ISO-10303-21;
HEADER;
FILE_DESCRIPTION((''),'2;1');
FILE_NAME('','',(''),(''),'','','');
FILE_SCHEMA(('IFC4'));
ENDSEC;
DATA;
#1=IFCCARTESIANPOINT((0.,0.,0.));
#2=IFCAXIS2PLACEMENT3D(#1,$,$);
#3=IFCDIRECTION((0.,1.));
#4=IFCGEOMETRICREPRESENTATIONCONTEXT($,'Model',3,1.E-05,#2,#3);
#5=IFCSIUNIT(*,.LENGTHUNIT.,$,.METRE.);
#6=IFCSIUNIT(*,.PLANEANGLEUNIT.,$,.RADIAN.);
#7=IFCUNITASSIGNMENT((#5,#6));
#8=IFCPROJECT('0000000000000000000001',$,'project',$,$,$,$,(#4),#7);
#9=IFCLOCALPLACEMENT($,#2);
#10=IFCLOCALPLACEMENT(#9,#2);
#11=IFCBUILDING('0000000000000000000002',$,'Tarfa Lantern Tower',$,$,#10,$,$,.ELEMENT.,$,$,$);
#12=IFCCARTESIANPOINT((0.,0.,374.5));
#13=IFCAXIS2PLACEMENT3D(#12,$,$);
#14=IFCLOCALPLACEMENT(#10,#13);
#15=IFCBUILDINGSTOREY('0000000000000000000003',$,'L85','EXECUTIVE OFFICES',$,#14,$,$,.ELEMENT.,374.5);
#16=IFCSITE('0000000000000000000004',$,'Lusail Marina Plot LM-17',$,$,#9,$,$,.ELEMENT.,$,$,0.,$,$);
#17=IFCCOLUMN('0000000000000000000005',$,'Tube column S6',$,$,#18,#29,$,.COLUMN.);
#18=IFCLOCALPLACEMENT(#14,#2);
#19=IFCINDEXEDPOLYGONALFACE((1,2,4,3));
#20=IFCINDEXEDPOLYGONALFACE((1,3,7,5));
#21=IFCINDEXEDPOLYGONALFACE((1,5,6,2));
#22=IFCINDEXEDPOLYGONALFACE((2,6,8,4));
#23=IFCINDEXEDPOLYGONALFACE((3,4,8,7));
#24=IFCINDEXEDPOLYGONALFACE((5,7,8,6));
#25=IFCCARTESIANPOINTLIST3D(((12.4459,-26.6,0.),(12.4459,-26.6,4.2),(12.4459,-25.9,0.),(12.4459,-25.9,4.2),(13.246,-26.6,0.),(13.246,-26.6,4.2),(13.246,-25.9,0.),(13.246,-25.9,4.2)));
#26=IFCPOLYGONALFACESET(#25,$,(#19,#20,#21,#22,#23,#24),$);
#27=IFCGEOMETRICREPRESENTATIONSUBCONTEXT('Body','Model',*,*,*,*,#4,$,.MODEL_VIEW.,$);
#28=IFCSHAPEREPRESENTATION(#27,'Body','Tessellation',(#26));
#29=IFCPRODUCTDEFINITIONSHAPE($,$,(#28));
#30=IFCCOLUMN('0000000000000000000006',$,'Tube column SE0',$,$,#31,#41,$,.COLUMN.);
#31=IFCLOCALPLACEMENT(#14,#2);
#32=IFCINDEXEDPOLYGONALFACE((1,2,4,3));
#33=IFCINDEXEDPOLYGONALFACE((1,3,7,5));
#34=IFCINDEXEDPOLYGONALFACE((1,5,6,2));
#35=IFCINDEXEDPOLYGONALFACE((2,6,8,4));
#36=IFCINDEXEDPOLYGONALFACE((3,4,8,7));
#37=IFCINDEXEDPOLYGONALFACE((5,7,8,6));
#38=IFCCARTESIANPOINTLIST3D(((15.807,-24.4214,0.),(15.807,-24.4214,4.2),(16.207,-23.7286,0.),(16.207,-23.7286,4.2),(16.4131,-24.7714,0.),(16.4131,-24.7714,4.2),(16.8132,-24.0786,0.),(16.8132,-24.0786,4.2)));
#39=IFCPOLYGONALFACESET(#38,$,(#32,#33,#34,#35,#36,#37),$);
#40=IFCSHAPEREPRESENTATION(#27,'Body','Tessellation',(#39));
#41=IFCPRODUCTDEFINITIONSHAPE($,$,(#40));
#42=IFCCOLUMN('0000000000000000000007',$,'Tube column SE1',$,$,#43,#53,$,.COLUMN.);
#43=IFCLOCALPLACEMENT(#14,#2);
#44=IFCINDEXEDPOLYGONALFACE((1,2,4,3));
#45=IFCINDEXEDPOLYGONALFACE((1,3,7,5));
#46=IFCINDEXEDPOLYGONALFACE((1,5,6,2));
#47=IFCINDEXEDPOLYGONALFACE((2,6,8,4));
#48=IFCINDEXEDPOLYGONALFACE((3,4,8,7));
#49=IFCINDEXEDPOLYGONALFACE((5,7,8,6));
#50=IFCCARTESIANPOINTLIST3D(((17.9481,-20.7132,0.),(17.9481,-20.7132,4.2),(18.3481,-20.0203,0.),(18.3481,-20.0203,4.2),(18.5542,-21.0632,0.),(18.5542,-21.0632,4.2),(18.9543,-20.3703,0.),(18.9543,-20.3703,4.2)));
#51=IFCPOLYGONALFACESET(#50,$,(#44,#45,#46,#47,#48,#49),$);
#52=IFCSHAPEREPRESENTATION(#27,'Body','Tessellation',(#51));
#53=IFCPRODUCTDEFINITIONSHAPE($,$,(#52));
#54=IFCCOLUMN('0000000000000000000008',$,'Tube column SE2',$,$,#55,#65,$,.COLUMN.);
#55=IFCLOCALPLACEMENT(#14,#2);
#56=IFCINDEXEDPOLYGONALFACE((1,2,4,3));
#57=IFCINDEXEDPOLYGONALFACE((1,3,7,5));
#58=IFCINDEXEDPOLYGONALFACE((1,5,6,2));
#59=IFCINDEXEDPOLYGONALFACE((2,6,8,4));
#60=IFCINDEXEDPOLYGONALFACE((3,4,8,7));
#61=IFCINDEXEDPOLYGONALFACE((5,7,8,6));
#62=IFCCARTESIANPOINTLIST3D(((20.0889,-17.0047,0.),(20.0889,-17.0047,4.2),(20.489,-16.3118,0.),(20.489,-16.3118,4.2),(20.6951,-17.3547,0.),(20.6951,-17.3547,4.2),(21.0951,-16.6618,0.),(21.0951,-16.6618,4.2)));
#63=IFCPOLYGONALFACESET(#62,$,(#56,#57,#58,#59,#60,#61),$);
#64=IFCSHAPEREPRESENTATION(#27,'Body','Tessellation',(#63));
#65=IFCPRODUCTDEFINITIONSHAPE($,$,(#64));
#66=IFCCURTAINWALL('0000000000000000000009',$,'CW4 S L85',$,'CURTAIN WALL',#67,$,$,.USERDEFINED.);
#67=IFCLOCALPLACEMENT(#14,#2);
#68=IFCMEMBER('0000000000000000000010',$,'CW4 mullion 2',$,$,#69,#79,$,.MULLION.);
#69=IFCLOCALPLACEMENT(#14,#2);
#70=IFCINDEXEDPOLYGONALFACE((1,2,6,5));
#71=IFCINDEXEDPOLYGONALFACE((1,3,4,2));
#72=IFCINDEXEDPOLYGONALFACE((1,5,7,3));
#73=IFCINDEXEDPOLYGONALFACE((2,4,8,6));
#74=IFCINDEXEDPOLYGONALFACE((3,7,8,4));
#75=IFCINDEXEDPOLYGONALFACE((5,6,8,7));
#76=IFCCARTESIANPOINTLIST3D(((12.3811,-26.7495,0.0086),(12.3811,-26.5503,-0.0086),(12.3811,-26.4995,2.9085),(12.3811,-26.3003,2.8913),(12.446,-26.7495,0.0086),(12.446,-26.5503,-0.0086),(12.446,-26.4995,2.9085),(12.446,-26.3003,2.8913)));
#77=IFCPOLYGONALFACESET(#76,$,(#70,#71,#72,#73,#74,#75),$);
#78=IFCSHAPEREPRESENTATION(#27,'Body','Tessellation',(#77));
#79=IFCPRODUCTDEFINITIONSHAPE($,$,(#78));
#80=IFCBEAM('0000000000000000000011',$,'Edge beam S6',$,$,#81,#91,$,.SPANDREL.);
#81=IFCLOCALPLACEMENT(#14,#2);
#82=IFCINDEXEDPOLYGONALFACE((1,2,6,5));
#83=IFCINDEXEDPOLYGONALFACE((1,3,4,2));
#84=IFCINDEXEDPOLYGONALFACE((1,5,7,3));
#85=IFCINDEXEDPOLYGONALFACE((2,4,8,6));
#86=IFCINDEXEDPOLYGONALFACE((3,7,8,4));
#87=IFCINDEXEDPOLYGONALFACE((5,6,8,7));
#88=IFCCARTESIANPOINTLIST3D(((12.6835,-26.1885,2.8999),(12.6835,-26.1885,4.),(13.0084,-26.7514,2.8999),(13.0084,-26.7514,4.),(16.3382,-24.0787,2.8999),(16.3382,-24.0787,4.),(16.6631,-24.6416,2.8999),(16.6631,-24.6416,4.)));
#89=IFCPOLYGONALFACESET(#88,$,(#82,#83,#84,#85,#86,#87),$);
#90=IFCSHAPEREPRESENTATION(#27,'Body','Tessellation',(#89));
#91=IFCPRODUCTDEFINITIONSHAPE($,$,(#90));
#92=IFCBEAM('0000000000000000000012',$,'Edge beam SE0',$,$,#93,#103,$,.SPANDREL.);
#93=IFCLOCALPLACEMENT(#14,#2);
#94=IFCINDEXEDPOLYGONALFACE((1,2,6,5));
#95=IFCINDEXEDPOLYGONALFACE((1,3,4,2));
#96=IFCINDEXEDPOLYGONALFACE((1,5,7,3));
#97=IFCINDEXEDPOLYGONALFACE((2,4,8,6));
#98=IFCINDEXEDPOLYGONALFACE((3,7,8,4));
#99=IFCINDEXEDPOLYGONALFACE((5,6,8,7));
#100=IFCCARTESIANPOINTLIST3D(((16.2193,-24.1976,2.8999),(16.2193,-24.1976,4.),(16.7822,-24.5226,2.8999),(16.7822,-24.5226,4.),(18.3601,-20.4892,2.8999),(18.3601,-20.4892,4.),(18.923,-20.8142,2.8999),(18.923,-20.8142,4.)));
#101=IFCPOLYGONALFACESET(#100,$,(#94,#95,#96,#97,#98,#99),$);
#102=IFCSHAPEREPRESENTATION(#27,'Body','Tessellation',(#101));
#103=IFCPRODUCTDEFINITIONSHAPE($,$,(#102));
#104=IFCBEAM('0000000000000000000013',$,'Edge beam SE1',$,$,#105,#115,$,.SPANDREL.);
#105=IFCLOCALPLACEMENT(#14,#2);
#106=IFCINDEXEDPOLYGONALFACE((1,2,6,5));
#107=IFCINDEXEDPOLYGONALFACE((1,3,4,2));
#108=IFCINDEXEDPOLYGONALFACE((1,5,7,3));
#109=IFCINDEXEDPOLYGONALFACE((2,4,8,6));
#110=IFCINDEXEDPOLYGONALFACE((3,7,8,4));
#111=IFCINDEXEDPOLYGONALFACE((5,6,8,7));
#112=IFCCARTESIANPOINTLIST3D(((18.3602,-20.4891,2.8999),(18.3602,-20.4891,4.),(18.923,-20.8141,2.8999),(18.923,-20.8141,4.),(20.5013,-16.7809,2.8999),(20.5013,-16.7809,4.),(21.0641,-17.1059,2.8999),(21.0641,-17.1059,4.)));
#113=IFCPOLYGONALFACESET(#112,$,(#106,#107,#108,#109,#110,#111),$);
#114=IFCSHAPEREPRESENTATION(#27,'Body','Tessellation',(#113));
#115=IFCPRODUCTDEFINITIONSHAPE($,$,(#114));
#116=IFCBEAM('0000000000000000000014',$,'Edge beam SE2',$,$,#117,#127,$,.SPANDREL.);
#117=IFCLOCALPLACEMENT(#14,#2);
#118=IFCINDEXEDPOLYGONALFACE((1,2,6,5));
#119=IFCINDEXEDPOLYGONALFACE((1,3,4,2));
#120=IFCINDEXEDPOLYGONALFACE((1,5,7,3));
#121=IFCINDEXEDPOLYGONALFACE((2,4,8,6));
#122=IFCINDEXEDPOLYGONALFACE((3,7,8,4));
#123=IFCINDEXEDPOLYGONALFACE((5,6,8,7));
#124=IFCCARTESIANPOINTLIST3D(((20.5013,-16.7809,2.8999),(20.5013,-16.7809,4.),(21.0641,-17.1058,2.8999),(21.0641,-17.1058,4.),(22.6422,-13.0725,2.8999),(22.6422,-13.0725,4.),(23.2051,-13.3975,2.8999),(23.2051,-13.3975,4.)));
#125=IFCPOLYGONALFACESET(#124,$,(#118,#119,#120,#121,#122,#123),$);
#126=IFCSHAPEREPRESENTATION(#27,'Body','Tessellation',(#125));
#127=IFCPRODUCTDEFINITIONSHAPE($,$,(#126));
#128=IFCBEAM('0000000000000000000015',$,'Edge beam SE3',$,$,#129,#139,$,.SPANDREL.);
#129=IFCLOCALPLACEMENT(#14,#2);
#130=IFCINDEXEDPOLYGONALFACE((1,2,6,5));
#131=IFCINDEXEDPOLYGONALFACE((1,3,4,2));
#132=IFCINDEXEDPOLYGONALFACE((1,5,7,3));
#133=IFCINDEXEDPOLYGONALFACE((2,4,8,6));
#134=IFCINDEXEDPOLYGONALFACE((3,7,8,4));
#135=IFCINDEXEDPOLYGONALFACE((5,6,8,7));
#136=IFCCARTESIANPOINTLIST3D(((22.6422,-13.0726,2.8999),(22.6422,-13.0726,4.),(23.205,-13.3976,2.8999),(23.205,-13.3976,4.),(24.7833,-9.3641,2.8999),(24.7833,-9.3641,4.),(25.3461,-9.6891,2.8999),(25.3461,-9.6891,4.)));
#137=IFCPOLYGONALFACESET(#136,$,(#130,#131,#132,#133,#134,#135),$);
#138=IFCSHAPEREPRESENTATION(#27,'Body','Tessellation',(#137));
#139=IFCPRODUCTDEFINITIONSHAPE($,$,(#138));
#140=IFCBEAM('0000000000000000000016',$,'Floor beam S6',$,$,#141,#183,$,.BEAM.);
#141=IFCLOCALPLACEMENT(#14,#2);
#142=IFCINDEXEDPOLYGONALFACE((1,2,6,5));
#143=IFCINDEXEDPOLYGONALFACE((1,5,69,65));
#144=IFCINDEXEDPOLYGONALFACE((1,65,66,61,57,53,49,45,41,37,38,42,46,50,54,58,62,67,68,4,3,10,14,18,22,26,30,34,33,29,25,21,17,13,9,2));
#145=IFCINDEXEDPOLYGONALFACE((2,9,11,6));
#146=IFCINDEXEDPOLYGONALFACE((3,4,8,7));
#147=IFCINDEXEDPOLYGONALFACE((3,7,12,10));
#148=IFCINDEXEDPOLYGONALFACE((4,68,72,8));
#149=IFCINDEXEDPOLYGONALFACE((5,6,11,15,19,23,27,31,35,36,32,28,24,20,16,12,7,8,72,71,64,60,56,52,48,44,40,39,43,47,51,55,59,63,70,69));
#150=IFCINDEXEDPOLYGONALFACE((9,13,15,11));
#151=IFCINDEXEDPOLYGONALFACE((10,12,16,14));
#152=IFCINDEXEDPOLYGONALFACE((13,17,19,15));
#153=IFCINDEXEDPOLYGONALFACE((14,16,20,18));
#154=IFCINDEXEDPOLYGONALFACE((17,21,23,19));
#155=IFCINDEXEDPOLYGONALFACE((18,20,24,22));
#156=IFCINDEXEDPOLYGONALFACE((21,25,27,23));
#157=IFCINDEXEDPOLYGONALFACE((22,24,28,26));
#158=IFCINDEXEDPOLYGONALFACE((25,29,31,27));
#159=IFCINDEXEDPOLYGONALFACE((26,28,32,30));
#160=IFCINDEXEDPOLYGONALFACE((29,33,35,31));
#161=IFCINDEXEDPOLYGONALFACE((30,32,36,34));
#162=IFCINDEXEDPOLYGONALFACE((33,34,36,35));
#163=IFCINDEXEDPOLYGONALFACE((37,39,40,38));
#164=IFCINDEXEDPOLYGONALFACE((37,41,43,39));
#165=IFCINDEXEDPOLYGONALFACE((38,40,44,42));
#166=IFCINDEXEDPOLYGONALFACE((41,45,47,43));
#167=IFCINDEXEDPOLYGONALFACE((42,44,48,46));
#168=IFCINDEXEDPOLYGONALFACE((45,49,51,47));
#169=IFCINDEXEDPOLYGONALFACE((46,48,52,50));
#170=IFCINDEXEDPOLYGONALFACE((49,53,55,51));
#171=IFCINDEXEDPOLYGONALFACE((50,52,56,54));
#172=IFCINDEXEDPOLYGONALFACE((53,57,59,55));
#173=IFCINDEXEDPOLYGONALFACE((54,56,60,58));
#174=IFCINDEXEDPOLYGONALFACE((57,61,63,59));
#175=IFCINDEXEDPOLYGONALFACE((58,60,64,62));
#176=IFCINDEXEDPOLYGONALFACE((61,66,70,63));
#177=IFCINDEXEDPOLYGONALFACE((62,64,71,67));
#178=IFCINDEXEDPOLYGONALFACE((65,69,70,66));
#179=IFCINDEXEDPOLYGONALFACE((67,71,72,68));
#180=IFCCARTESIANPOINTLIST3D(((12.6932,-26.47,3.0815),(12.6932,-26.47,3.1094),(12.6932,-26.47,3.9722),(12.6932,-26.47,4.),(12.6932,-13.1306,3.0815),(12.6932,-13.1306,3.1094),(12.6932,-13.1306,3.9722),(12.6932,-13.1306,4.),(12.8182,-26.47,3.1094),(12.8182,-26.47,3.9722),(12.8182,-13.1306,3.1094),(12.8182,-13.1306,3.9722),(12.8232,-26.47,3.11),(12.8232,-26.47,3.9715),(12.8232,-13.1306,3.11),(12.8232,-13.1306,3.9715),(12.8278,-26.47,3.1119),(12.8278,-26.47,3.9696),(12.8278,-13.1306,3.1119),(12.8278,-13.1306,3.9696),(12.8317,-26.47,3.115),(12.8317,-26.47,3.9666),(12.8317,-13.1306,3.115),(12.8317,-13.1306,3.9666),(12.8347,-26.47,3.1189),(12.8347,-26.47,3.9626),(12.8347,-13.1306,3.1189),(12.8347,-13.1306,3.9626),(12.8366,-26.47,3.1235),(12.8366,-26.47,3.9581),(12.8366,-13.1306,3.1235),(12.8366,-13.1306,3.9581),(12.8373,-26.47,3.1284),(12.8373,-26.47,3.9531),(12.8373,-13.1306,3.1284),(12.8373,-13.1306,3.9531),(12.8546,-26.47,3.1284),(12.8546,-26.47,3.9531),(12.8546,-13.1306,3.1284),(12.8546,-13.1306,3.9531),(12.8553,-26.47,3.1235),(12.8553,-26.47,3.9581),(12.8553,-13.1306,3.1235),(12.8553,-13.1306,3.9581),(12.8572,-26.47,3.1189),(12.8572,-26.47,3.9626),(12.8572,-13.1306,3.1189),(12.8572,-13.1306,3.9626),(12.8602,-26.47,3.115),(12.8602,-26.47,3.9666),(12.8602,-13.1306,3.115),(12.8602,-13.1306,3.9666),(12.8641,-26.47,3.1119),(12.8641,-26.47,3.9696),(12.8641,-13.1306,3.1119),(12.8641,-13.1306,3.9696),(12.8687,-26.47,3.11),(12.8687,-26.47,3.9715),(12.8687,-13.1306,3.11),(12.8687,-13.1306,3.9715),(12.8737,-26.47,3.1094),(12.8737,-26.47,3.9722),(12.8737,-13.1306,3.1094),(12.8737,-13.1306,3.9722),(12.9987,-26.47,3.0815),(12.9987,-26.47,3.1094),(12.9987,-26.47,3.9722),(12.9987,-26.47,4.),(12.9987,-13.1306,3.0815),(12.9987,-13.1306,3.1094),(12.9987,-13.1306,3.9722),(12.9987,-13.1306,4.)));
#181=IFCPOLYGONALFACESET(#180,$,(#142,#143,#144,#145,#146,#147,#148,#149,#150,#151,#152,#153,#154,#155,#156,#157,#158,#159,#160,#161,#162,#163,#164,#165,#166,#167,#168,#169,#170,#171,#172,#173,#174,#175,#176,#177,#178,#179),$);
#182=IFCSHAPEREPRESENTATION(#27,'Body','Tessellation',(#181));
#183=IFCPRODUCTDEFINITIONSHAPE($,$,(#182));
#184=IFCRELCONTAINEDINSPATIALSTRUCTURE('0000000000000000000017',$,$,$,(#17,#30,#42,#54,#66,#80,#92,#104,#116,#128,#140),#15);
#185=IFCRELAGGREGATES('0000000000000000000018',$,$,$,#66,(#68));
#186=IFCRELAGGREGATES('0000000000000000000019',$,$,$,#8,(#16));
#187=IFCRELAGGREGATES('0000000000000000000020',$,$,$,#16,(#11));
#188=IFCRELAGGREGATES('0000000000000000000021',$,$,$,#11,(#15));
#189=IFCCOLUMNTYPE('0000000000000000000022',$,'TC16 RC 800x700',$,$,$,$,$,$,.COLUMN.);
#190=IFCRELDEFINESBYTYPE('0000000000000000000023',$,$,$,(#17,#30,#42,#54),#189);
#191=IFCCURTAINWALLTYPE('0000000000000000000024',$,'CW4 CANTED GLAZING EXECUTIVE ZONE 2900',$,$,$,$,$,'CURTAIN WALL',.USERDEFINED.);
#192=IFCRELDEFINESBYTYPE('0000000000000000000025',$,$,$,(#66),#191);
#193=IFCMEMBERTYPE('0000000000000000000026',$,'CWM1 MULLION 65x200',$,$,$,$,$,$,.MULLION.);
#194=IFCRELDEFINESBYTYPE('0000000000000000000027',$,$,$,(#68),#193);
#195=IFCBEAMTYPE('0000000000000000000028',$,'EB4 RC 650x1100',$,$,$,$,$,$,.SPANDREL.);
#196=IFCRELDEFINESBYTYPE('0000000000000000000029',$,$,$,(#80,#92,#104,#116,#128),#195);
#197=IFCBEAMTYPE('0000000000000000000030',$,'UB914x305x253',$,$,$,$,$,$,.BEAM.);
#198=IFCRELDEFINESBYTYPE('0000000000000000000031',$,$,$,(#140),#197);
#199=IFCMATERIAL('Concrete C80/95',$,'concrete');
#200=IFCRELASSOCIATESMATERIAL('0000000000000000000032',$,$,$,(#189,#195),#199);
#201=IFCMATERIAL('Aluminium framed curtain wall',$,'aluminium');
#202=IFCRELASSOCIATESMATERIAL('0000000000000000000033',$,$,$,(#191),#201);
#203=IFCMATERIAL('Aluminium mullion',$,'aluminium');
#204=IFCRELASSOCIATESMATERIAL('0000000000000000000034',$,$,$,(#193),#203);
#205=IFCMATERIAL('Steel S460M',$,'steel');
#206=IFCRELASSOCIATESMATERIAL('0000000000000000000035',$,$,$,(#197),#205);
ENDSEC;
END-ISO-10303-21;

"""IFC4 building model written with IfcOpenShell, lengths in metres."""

from ifc_helpers import new_model, si_unit, direction, frame, origin, origin_2d, place, context, subcontext, project, spatial, rectangle, i_section, extrude, material, material_profile, profile_set, type_object, element, aggregate, save


model = new_model("IFC4")

# Units and contexts
model_context = context("Model", 3, precision=1e-05, world=origin(), true_north=direction((0.0, 1.0)))
body_context = subcontext(model_context, "Body", "Model", "MODEL_VIEW")
ifc_project = project(units=[si_unit("LENGTHUNIT", "METRE"), si_unit("PLANEANGLEUNIT", "RADIAN")], contexts=[model_context])

# Site, building, storey
site_placement = place(None, origin())
site = spatial("IfcSite", under=ifc_project, at=site_placement, Name="Lusail Marina Plot LM-17", CompositionType="ELEMENT", RefElevation=0.0)
building_placement = place(site_placement, origin())
building = spatial("IfcBuilding", under=site, at=building_placement, Name="Tarfa Lantern Tower", CompositionType="ELEMENT")
storey_placement = place(building_placement, frame((0.0, 0.0, 374.5)))
storey = spatial("IfcBuildingStorey", under=building, at=storey_placement, Name="L85", Description="EXECUTIVE OFFICES", CompositionType="ELEMENT", Elevation=374.5)

# Columns
ifc_material_1 = material(Name="Concrete C80/95", Category="concrete")
ifc_material_profile_1 = material_profile(ifc_material_1, rectangle(XDim=0.8, YDim=0.7, at=origin_2d()), Name="RC 800x700")
ifc_profile_set_1 = profile_set([ifc_material_profile_1], Name="Concrete C80/95")
column_type = type_object("IfcColumnType", Name="TC16 RC 800x700", PredefinedType="COLUMN", material=ifc_profile_set_1)
for number, where, z_axis, x_axis, name in (
    (1, (12.8459, -26.25, 0.0), (0.0, 0.0, 1.0), (1.0, 0.0, 0.0), "Tube column S6"),
    (2, (16.3101, -24.25, 0.0), (0.0, 0.0, 1.0), (0.5, 0.866025, 0.0), "Tube column SE0"),
    (3, (18.4512, -20.5417, 0.0), (0.0, 0.0, 1.0), (0.5, 0.866025, 0.0), "Tube column SE1"),
    (4, (20.592, -16.8333, 0.0), (0.0, 0.0, 1.0), (0.5, 0.866025, 0.0), "Tube column SE2"),
):
    element("IfcColumn", number, at=place(storey_placement, frame(where, z_axis=z_axis, x_axis=x_axis)), inside=storey, type_object=column_type, Name=name, PredefinedType="COLUMN", context=body_context, shape_type="SweptSolid", body=[
        extrude(rectangle(XDim=0.8, YDim=0.7, at=origin_2d()), origin(), (0.0, 0.0, 1.0), 4.2),
    ])

# Curtain wall, member
ifc_material_2 = material(Name="Aluminium framed curtain wall", Category="aluminium")
curtain_wall_type = type_object("IfcCurtainWallType", Name="CW4 CANTED GLAZING EXECUTIVE ZONE 2900", ElementType="CURTAIN WALL", PredefinedType="USERDEFINED", material=ifc_material_2)
curtain_wall_placement = place(storey_placement, origin())
curtain_wall = element("IfcCurtainWall", 5, at=curtain_wall_placement, inside=storey, type_object=curtain_wall_type, Name="CW4 S L85", ObjectType="CURTAIN WALL", PredefinedType="USERDEFINED")
ifc_material_3 = material(Name="Aluminium mullion", Category="aluminium")
ifc_material_profile_2 = material_profile(ifc_material_3, rectangle(XDim=0.0649, YDim=0.2, at=origin_2d()), Name="AL MULLION 65x200")
ifc_profile_set_2 = profile_set([ifc_material_profile_2], Name="Aluminium mullion")
member_type = type_object("IfcMemberType", Name="CWM1 MULLION 65x200", PredefinedType="MULLION", material=ifc_profile_set_2)
member_placement = place(storey_placement, frame((12.4136, -26.6499, 0.0), z_axis=(0.0, 0.085891, 0.996305), x_axis=(-1.0, 0.0, 0.0)))
member = element("IfcMember", 6, at=member_placement, type_object=member_type, Name="CW4 mullion 2", PredefinedType="MULLION", context=body_context, shape_type="SweptSolid", body=[
    extrude(rectangle(XDim=0.0649, YDim=0.2, at=origin_2d()), origin(), (0.0, 0.0, 1.0), 2.9106),
])
aggregate(curtain_wall, [member])

# Beams
ifc_material_profile_3 = material_profile(ifc_material_1, rectangle(XDim=0.6499, YDim=1.1001, at=origin_2d()), Name="RC 650x1100")
ifc_profile_set_3 = profile_set([ifc_material_profile_3], Name="Concrete C80/95")
beam_type_1 = type_object("IfcBeamType", Name="EB4 RC 650x1100", PredefinedType="SPANDREL", material=ifc_profile_set_3)
beam_1_placement = place(storey_placement, frame((12.8459, -26.47, 3.45), z_axis=(0.866049, 0.499959, 0.0), x_axis=(-0.499959, 0.866049, 0.0)))
element("IfcBeam", 7, at=beam_1_placement, inside=storey, type_object=beam_type_1, Name="Edge beam S6", PredefinedType="SPANDREL", context=body_context, shape_type="SweptSolid", body=[
    extrude(rectangle(XDim=0.6499, YDim=1.1001, at=origin_2d()), origin(), (0.0, 0.0, 1.0), 4.22),
])
for number, where, z_axis, x_axis, name in (
    (8, (16.5007, -24.3601, 3.45), (0.499959, 0.866049, 0.0), (-0.866049, 0.499959, 0.0), "Edge beam SE0"),
    (9, (18.6416, -20.6516, 3.45), (0.500027, 0.86601, 0.0), (-0.86601, 0.500027, 0.0), "Edge beam SE1"),
    (10, (20.7827, -16.9434, 3.45), (0.499984, 0.866035, 0.0), (-0.866035, 0.499984, 0.0), "Edge beam SE2"),
):
    element("IfcBeam", number, at=place(storey_placement, frame(where, z_axis=z_axis, x_axis=x_axis)), inside=storey, type_object=beam_type_1, Name=name, PredefinedType="SPANDREL", context=body_context, shape_type="SweptSolid", body=[
        extrude(rectangle(XDim=0.6499, YDim=1.1001, at=origin_2d()), origin(), (0.0, 0.0, 1.0), 4.282),
    ])
beam_2_placement = place(storey_placement, frame((22.9236, -13.2351, 3.45), z_axis=(0.500002, 0.866024, 0.0), x_axis=(-0.866024, 0.500002, 0.0)))
element("IfcBeam", 11, at=beam_2_placement, inside=storey, type_object=beam_type_1, Name="Edge beam SE3", PredefinedType="SPANDREL", context=body_context, shape_type="SweptSolid", body=[
    extrude(rectangle(XDim=0.6499, YDim=1.1001, at=origin_2d()), origin(), (0.0, 0.0, 1.0), 4.2822),
])
ifc_material_4 = material(Name="Steel S460M", Category="steel")
ifc_material_profile_4 = material_profile(ifc_material_4, i_section(OverallWidth=0.3054, OverallDepth=0.9185, WebThickness=0.0173, FlangeThickness=0.0278, FilletRadius=0.019, at=origin_2d()), Name="UB914x305x253")
ifc_profile_set_4 = profile_set([ifc_material_profile_4], Name="Steel S460M")
beam_type_2 = type_object("IfcBeamType", Name="UB914x305x253", PredefinedType="BEAM", material=ifc_profile_set_4)
beam_3_placement = place(storey_placement, frame((12.8459, -26.47, 3.5408), z_axis=(0.0, 1.0, 0.0), x_axis=(-1.0, 0.0, 0.0)))
element("IfcBeam", 12, at=beam_3_placement, inside=storey, type_object=beam_type_2, Name="Floor beam S6", PredefinedType="BEAM", context=body_context, shape_type="SweptSolid", body=[
    extrude(i_section(OverallWidth=0.3054, OverallDepth=0.9185, WebThickness=0.0173, FlangeThickness=0.0278, FilletRadius=0.019, at=origin_2d()), origin(), (0.0, 0.0, 1.0), 13.3394),
])

save(model, "model.ifc")
